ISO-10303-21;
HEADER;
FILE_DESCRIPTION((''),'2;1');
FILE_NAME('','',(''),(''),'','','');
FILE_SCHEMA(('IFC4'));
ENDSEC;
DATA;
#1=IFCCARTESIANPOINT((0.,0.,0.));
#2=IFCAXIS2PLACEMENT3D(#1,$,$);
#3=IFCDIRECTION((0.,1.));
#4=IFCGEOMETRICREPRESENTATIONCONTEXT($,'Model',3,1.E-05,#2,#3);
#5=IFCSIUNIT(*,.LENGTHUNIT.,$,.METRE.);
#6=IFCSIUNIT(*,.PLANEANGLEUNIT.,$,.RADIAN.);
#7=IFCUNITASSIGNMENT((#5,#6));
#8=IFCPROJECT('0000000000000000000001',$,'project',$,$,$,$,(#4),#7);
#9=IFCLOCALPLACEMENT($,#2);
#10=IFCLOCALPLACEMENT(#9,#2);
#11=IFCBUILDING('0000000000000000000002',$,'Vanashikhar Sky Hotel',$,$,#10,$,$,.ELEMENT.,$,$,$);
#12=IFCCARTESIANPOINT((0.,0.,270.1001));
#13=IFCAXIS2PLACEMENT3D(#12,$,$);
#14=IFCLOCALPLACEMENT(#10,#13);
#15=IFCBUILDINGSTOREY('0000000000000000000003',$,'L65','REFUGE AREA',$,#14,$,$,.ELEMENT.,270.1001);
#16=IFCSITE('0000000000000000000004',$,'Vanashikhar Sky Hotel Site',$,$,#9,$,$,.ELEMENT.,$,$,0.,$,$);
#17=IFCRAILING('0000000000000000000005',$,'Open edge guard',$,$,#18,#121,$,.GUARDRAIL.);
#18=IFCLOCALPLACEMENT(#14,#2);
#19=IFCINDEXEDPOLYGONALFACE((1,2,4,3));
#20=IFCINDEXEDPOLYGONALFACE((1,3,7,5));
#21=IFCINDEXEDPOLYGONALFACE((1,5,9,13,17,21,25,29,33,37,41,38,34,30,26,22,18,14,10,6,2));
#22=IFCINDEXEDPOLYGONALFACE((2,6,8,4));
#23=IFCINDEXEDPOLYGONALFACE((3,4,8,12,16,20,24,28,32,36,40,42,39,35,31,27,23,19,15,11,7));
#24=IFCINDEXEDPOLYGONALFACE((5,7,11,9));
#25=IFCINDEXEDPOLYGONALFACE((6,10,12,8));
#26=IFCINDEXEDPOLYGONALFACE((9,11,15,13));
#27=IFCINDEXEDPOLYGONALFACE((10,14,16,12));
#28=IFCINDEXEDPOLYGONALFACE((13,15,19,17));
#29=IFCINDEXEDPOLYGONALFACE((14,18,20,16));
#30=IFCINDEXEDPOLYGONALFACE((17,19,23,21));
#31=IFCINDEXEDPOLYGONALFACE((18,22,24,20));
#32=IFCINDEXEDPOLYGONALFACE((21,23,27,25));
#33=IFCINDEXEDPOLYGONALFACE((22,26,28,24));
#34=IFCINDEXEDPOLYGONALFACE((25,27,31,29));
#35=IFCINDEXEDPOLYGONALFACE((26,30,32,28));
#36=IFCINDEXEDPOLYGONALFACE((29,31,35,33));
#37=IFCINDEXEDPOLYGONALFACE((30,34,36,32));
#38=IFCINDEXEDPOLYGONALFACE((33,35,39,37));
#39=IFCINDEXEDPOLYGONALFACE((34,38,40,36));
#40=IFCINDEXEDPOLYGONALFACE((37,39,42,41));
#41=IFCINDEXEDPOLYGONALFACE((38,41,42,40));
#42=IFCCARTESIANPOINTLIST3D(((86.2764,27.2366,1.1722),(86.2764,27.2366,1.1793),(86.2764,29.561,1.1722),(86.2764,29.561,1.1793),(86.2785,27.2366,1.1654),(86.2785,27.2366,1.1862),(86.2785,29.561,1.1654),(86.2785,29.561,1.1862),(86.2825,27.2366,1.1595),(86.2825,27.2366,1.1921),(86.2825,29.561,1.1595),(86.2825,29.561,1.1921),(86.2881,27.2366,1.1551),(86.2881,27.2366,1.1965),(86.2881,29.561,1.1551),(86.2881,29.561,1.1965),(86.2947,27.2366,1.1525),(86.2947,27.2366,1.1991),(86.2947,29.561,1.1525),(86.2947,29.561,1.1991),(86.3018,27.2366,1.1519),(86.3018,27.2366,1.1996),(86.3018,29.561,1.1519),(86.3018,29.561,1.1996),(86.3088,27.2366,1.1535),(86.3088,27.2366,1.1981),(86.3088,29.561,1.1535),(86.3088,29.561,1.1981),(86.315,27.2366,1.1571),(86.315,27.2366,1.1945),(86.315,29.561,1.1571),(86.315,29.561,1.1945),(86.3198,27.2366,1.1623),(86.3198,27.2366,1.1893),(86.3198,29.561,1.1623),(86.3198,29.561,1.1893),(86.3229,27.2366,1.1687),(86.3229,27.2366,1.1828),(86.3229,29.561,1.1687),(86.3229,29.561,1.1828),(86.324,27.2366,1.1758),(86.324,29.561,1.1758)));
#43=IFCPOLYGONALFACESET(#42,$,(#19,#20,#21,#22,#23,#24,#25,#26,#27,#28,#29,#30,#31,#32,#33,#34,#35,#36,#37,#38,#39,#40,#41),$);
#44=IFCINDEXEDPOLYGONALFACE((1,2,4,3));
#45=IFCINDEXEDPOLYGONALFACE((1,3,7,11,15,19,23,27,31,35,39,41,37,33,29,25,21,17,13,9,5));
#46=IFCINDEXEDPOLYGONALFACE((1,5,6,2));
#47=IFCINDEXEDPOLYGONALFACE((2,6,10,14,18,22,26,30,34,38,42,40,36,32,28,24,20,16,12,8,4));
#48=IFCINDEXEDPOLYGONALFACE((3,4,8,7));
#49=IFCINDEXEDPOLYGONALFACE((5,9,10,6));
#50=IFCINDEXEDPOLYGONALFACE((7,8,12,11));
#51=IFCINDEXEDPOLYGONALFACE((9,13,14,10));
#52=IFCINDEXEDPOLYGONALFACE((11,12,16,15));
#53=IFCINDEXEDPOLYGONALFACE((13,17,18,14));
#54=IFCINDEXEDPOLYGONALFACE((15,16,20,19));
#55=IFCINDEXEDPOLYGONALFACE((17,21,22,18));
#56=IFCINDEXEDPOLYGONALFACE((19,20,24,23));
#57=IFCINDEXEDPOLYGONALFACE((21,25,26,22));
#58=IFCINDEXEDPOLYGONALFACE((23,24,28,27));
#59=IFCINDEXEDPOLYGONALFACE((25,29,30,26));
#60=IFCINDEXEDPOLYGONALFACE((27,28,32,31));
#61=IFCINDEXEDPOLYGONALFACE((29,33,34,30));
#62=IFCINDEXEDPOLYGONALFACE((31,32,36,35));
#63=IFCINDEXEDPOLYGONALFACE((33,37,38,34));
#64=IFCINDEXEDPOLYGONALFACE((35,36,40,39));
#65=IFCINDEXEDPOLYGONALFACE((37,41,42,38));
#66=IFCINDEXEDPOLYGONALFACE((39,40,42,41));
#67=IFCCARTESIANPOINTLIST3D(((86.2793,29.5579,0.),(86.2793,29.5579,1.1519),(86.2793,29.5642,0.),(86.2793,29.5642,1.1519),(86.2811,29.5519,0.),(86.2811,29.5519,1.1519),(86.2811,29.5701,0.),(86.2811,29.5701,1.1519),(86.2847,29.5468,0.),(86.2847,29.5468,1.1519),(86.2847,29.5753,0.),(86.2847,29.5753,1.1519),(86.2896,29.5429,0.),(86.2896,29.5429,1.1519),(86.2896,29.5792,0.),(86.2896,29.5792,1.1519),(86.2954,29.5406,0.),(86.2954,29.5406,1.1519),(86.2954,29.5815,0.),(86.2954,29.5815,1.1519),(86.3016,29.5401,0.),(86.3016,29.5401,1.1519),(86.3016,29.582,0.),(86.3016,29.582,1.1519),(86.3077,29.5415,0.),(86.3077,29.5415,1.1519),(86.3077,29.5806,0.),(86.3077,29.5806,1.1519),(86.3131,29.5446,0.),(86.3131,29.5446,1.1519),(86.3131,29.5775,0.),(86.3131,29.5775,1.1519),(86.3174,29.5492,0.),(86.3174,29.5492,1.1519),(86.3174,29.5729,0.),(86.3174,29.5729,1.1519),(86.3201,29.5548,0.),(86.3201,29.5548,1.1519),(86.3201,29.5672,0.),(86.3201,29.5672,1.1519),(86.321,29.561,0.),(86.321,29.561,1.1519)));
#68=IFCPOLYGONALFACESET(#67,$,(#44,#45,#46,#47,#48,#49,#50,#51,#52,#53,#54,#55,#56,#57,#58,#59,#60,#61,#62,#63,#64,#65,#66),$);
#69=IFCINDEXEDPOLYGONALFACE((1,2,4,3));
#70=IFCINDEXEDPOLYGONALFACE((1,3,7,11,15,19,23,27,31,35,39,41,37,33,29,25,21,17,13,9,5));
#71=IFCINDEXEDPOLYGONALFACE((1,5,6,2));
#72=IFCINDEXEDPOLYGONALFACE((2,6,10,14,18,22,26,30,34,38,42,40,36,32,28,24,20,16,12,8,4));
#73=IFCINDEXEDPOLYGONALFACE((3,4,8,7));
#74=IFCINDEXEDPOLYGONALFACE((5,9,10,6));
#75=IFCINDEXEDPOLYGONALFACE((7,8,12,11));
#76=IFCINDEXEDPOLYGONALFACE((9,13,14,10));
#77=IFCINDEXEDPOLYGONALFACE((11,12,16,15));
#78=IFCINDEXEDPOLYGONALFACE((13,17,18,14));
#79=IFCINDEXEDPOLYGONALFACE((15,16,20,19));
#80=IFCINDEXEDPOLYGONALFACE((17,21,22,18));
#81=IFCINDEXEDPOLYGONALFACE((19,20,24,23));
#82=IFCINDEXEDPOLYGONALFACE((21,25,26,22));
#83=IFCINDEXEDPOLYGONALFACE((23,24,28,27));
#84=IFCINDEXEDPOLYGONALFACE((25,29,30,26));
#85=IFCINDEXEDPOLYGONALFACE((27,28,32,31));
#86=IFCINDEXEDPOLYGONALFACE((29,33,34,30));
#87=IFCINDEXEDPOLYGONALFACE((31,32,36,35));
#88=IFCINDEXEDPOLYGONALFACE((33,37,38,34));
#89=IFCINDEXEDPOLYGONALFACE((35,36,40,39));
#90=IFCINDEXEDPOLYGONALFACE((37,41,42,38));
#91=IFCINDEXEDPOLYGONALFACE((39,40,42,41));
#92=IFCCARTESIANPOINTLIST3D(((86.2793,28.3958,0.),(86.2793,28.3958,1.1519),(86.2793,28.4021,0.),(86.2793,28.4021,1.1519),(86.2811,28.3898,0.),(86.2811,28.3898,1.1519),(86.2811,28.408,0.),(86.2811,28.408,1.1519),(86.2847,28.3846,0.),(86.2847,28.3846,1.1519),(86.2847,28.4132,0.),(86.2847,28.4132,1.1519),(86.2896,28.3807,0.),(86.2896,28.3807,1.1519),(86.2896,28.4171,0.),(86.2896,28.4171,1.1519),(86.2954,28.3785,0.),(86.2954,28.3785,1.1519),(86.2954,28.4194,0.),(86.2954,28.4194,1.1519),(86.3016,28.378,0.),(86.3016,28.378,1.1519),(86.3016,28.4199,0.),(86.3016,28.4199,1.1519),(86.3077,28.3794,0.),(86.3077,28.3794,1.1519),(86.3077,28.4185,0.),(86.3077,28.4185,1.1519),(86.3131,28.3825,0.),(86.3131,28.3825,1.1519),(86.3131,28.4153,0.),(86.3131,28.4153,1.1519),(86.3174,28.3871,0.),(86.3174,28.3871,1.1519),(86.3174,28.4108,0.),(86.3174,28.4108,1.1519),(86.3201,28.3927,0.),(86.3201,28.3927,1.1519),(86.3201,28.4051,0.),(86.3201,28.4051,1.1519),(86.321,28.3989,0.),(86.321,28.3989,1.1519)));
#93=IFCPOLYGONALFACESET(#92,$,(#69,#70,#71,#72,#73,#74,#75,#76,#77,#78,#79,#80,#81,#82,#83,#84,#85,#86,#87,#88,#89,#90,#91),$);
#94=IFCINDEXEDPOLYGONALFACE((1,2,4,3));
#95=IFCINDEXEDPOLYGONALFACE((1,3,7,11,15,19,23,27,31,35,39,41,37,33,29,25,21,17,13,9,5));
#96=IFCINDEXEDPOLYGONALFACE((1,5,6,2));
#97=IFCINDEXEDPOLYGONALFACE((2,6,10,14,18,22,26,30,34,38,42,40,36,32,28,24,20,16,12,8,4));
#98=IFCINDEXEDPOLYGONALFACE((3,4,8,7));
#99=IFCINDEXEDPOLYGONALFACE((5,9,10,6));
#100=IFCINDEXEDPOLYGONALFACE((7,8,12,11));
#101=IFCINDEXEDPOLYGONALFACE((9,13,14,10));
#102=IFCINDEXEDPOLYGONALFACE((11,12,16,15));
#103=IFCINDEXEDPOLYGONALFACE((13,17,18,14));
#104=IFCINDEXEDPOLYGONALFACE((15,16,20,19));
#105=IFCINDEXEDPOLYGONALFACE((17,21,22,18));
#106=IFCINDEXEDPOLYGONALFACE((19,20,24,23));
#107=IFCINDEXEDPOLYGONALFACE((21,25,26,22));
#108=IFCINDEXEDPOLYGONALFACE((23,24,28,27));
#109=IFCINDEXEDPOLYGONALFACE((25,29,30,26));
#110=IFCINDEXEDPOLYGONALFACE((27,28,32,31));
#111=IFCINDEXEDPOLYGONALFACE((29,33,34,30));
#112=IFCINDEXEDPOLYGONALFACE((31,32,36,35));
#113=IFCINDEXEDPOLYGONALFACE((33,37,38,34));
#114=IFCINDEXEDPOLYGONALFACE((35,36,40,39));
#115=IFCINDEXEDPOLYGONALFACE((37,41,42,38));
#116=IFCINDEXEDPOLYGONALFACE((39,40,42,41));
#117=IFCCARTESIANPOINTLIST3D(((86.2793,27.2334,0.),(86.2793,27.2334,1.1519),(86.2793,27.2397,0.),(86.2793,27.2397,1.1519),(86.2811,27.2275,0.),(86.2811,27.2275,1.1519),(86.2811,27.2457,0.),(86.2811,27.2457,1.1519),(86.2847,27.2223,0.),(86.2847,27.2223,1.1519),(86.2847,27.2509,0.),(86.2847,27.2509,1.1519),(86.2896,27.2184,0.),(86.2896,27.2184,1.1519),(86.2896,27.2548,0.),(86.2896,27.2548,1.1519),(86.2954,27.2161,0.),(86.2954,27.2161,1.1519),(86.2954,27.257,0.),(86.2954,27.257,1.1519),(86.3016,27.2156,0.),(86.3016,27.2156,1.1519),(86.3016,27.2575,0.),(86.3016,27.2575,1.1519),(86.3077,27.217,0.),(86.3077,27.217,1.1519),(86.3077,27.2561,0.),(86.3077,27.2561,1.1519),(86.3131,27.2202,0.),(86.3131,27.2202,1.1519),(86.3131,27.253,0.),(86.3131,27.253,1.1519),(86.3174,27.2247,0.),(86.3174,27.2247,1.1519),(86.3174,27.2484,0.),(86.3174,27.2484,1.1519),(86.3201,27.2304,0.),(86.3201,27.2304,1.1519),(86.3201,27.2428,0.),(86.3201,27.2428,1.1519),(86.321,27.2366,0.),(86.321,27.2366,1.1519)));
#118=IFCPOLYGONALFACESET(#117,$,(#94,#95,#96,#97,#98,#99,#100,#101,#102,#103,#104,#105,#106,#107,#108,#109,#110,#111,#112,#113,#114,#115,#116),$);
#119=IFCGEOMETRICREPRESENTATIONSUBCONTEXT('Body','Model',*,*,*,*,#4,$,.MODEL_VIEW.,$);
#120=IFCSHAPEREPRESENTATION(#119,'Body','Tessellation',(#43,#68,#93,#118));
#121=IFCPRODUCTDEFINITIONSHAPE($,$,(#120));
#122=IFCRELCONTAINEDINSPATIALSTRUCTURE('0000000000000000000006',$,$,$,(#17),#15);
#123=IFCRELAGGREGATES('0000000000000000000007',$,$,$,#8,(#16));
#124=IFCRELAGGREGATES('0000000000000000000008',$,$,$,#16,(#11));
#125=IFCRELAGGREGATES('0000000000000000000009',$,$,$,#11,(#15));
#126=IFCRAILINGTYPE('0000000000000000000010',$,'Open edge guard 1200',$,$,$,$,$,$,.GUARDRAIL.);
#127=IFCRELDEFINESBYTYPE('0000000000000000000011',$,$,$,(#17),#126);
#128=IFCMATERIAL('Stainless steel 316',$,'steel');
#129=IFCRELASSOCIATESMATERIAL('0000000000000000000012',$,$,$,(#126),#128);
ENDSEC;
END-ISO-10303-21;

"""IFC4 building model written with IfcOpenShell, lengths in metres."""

from ifc_helpers import new_model, si_unit, direction, frame, origin, origin_2d, place, context, subcontext, project, spatial, circle, extrude, source, transform, mapped, material, type_object, element, save


model = new_model("IFC4")

# Units and contexts
model_context = context("Model", 3, precision=1e-05, world=origin(), true_north=direction((0.0, 1.0)))
body_context = subcontext(model_context, "Body", "Model", "MODEL_VIEW")
ifc_project = project(units=[si_unit("LENGTHUNIT", "METRE"), si_unit("PLANEANGLEUNIT", "RADIAN")], contexts=[model_context])

# Site, building, storey
site_placement = place(None, origin())
site = spatial("IfcSite", under=ifc_project, at=site_placement, Name="Vanashikhar Sky Hotel Site", CompositionType="ELEMENT", RefElevation=0.0)
building_placement = place(site_placement, origin())
building = spatial("IfcBuilding", under=site, at=building_placement, Name="Vanashikhar Sky Hotel", CompositionType="ELEMENT")
storey_placement = place(building_placement, frame((0.0, 0.0, 270.1001)))
storey = spatial("IfcBuildingStorey", under=building, at=storey_placement, Name="L65", Description="REFUGE AREA", CompositionType="ELEMENT", Elevation=270.1001)

# Railing
ifc_material_1 = material(Name="Stainless steel 316", Category="steel")
railing_type_1 = type_object("IfcRailingType", Name="Open edge guard 1200", PredefinedType="GUARDRAIL", material=ifc_material_1)
shared_shape_1 = source(origin(), body_context, "Body", "SweptSolid", [
    extrude(circle(Radius=0.0239, at=origin_2d()), frame((0.0, 0.0, 1.1758), z_axis=(0.0, -1.0, 0.0), x_axis=(1.0, 0.0, 0.0)), (0.0, 0.0, 1.0), 2.3245),
    extrude(circle(Radius=0.021, at=origin_2d()), origin(), (0.0, 0.0, 1.0), 1.1519),
    extrude(circle(Radius=0.021, at=origin_2d()), frame((0.0, -1.1621, 0.0)), (0.0, 0.0, 1.0), 1.1519),
    extrude(circle(Radius=0.021, at=origin_2d()), frame((0.0, -2.3245, 0.0)), (0.0, 0.0, 1.0), 1.1519),
])
for number, where, name in (
    (1, (86.3, 29.561, 0.0), "Open edge guard"),
):
    element("IfcRailing", number, at=place(storey_placement, frame(where)), inside=storey, type_object=railing_type_1, Name=name, PredefinedType="GUARDRAIL", context=body_context, shape_type="MappedRepresentation", body=[
        mapped(shared_shape_1, transform((0.0, 0.0, 0.0), scale=1.0)),
    ])

save(model, "model.ifc")
